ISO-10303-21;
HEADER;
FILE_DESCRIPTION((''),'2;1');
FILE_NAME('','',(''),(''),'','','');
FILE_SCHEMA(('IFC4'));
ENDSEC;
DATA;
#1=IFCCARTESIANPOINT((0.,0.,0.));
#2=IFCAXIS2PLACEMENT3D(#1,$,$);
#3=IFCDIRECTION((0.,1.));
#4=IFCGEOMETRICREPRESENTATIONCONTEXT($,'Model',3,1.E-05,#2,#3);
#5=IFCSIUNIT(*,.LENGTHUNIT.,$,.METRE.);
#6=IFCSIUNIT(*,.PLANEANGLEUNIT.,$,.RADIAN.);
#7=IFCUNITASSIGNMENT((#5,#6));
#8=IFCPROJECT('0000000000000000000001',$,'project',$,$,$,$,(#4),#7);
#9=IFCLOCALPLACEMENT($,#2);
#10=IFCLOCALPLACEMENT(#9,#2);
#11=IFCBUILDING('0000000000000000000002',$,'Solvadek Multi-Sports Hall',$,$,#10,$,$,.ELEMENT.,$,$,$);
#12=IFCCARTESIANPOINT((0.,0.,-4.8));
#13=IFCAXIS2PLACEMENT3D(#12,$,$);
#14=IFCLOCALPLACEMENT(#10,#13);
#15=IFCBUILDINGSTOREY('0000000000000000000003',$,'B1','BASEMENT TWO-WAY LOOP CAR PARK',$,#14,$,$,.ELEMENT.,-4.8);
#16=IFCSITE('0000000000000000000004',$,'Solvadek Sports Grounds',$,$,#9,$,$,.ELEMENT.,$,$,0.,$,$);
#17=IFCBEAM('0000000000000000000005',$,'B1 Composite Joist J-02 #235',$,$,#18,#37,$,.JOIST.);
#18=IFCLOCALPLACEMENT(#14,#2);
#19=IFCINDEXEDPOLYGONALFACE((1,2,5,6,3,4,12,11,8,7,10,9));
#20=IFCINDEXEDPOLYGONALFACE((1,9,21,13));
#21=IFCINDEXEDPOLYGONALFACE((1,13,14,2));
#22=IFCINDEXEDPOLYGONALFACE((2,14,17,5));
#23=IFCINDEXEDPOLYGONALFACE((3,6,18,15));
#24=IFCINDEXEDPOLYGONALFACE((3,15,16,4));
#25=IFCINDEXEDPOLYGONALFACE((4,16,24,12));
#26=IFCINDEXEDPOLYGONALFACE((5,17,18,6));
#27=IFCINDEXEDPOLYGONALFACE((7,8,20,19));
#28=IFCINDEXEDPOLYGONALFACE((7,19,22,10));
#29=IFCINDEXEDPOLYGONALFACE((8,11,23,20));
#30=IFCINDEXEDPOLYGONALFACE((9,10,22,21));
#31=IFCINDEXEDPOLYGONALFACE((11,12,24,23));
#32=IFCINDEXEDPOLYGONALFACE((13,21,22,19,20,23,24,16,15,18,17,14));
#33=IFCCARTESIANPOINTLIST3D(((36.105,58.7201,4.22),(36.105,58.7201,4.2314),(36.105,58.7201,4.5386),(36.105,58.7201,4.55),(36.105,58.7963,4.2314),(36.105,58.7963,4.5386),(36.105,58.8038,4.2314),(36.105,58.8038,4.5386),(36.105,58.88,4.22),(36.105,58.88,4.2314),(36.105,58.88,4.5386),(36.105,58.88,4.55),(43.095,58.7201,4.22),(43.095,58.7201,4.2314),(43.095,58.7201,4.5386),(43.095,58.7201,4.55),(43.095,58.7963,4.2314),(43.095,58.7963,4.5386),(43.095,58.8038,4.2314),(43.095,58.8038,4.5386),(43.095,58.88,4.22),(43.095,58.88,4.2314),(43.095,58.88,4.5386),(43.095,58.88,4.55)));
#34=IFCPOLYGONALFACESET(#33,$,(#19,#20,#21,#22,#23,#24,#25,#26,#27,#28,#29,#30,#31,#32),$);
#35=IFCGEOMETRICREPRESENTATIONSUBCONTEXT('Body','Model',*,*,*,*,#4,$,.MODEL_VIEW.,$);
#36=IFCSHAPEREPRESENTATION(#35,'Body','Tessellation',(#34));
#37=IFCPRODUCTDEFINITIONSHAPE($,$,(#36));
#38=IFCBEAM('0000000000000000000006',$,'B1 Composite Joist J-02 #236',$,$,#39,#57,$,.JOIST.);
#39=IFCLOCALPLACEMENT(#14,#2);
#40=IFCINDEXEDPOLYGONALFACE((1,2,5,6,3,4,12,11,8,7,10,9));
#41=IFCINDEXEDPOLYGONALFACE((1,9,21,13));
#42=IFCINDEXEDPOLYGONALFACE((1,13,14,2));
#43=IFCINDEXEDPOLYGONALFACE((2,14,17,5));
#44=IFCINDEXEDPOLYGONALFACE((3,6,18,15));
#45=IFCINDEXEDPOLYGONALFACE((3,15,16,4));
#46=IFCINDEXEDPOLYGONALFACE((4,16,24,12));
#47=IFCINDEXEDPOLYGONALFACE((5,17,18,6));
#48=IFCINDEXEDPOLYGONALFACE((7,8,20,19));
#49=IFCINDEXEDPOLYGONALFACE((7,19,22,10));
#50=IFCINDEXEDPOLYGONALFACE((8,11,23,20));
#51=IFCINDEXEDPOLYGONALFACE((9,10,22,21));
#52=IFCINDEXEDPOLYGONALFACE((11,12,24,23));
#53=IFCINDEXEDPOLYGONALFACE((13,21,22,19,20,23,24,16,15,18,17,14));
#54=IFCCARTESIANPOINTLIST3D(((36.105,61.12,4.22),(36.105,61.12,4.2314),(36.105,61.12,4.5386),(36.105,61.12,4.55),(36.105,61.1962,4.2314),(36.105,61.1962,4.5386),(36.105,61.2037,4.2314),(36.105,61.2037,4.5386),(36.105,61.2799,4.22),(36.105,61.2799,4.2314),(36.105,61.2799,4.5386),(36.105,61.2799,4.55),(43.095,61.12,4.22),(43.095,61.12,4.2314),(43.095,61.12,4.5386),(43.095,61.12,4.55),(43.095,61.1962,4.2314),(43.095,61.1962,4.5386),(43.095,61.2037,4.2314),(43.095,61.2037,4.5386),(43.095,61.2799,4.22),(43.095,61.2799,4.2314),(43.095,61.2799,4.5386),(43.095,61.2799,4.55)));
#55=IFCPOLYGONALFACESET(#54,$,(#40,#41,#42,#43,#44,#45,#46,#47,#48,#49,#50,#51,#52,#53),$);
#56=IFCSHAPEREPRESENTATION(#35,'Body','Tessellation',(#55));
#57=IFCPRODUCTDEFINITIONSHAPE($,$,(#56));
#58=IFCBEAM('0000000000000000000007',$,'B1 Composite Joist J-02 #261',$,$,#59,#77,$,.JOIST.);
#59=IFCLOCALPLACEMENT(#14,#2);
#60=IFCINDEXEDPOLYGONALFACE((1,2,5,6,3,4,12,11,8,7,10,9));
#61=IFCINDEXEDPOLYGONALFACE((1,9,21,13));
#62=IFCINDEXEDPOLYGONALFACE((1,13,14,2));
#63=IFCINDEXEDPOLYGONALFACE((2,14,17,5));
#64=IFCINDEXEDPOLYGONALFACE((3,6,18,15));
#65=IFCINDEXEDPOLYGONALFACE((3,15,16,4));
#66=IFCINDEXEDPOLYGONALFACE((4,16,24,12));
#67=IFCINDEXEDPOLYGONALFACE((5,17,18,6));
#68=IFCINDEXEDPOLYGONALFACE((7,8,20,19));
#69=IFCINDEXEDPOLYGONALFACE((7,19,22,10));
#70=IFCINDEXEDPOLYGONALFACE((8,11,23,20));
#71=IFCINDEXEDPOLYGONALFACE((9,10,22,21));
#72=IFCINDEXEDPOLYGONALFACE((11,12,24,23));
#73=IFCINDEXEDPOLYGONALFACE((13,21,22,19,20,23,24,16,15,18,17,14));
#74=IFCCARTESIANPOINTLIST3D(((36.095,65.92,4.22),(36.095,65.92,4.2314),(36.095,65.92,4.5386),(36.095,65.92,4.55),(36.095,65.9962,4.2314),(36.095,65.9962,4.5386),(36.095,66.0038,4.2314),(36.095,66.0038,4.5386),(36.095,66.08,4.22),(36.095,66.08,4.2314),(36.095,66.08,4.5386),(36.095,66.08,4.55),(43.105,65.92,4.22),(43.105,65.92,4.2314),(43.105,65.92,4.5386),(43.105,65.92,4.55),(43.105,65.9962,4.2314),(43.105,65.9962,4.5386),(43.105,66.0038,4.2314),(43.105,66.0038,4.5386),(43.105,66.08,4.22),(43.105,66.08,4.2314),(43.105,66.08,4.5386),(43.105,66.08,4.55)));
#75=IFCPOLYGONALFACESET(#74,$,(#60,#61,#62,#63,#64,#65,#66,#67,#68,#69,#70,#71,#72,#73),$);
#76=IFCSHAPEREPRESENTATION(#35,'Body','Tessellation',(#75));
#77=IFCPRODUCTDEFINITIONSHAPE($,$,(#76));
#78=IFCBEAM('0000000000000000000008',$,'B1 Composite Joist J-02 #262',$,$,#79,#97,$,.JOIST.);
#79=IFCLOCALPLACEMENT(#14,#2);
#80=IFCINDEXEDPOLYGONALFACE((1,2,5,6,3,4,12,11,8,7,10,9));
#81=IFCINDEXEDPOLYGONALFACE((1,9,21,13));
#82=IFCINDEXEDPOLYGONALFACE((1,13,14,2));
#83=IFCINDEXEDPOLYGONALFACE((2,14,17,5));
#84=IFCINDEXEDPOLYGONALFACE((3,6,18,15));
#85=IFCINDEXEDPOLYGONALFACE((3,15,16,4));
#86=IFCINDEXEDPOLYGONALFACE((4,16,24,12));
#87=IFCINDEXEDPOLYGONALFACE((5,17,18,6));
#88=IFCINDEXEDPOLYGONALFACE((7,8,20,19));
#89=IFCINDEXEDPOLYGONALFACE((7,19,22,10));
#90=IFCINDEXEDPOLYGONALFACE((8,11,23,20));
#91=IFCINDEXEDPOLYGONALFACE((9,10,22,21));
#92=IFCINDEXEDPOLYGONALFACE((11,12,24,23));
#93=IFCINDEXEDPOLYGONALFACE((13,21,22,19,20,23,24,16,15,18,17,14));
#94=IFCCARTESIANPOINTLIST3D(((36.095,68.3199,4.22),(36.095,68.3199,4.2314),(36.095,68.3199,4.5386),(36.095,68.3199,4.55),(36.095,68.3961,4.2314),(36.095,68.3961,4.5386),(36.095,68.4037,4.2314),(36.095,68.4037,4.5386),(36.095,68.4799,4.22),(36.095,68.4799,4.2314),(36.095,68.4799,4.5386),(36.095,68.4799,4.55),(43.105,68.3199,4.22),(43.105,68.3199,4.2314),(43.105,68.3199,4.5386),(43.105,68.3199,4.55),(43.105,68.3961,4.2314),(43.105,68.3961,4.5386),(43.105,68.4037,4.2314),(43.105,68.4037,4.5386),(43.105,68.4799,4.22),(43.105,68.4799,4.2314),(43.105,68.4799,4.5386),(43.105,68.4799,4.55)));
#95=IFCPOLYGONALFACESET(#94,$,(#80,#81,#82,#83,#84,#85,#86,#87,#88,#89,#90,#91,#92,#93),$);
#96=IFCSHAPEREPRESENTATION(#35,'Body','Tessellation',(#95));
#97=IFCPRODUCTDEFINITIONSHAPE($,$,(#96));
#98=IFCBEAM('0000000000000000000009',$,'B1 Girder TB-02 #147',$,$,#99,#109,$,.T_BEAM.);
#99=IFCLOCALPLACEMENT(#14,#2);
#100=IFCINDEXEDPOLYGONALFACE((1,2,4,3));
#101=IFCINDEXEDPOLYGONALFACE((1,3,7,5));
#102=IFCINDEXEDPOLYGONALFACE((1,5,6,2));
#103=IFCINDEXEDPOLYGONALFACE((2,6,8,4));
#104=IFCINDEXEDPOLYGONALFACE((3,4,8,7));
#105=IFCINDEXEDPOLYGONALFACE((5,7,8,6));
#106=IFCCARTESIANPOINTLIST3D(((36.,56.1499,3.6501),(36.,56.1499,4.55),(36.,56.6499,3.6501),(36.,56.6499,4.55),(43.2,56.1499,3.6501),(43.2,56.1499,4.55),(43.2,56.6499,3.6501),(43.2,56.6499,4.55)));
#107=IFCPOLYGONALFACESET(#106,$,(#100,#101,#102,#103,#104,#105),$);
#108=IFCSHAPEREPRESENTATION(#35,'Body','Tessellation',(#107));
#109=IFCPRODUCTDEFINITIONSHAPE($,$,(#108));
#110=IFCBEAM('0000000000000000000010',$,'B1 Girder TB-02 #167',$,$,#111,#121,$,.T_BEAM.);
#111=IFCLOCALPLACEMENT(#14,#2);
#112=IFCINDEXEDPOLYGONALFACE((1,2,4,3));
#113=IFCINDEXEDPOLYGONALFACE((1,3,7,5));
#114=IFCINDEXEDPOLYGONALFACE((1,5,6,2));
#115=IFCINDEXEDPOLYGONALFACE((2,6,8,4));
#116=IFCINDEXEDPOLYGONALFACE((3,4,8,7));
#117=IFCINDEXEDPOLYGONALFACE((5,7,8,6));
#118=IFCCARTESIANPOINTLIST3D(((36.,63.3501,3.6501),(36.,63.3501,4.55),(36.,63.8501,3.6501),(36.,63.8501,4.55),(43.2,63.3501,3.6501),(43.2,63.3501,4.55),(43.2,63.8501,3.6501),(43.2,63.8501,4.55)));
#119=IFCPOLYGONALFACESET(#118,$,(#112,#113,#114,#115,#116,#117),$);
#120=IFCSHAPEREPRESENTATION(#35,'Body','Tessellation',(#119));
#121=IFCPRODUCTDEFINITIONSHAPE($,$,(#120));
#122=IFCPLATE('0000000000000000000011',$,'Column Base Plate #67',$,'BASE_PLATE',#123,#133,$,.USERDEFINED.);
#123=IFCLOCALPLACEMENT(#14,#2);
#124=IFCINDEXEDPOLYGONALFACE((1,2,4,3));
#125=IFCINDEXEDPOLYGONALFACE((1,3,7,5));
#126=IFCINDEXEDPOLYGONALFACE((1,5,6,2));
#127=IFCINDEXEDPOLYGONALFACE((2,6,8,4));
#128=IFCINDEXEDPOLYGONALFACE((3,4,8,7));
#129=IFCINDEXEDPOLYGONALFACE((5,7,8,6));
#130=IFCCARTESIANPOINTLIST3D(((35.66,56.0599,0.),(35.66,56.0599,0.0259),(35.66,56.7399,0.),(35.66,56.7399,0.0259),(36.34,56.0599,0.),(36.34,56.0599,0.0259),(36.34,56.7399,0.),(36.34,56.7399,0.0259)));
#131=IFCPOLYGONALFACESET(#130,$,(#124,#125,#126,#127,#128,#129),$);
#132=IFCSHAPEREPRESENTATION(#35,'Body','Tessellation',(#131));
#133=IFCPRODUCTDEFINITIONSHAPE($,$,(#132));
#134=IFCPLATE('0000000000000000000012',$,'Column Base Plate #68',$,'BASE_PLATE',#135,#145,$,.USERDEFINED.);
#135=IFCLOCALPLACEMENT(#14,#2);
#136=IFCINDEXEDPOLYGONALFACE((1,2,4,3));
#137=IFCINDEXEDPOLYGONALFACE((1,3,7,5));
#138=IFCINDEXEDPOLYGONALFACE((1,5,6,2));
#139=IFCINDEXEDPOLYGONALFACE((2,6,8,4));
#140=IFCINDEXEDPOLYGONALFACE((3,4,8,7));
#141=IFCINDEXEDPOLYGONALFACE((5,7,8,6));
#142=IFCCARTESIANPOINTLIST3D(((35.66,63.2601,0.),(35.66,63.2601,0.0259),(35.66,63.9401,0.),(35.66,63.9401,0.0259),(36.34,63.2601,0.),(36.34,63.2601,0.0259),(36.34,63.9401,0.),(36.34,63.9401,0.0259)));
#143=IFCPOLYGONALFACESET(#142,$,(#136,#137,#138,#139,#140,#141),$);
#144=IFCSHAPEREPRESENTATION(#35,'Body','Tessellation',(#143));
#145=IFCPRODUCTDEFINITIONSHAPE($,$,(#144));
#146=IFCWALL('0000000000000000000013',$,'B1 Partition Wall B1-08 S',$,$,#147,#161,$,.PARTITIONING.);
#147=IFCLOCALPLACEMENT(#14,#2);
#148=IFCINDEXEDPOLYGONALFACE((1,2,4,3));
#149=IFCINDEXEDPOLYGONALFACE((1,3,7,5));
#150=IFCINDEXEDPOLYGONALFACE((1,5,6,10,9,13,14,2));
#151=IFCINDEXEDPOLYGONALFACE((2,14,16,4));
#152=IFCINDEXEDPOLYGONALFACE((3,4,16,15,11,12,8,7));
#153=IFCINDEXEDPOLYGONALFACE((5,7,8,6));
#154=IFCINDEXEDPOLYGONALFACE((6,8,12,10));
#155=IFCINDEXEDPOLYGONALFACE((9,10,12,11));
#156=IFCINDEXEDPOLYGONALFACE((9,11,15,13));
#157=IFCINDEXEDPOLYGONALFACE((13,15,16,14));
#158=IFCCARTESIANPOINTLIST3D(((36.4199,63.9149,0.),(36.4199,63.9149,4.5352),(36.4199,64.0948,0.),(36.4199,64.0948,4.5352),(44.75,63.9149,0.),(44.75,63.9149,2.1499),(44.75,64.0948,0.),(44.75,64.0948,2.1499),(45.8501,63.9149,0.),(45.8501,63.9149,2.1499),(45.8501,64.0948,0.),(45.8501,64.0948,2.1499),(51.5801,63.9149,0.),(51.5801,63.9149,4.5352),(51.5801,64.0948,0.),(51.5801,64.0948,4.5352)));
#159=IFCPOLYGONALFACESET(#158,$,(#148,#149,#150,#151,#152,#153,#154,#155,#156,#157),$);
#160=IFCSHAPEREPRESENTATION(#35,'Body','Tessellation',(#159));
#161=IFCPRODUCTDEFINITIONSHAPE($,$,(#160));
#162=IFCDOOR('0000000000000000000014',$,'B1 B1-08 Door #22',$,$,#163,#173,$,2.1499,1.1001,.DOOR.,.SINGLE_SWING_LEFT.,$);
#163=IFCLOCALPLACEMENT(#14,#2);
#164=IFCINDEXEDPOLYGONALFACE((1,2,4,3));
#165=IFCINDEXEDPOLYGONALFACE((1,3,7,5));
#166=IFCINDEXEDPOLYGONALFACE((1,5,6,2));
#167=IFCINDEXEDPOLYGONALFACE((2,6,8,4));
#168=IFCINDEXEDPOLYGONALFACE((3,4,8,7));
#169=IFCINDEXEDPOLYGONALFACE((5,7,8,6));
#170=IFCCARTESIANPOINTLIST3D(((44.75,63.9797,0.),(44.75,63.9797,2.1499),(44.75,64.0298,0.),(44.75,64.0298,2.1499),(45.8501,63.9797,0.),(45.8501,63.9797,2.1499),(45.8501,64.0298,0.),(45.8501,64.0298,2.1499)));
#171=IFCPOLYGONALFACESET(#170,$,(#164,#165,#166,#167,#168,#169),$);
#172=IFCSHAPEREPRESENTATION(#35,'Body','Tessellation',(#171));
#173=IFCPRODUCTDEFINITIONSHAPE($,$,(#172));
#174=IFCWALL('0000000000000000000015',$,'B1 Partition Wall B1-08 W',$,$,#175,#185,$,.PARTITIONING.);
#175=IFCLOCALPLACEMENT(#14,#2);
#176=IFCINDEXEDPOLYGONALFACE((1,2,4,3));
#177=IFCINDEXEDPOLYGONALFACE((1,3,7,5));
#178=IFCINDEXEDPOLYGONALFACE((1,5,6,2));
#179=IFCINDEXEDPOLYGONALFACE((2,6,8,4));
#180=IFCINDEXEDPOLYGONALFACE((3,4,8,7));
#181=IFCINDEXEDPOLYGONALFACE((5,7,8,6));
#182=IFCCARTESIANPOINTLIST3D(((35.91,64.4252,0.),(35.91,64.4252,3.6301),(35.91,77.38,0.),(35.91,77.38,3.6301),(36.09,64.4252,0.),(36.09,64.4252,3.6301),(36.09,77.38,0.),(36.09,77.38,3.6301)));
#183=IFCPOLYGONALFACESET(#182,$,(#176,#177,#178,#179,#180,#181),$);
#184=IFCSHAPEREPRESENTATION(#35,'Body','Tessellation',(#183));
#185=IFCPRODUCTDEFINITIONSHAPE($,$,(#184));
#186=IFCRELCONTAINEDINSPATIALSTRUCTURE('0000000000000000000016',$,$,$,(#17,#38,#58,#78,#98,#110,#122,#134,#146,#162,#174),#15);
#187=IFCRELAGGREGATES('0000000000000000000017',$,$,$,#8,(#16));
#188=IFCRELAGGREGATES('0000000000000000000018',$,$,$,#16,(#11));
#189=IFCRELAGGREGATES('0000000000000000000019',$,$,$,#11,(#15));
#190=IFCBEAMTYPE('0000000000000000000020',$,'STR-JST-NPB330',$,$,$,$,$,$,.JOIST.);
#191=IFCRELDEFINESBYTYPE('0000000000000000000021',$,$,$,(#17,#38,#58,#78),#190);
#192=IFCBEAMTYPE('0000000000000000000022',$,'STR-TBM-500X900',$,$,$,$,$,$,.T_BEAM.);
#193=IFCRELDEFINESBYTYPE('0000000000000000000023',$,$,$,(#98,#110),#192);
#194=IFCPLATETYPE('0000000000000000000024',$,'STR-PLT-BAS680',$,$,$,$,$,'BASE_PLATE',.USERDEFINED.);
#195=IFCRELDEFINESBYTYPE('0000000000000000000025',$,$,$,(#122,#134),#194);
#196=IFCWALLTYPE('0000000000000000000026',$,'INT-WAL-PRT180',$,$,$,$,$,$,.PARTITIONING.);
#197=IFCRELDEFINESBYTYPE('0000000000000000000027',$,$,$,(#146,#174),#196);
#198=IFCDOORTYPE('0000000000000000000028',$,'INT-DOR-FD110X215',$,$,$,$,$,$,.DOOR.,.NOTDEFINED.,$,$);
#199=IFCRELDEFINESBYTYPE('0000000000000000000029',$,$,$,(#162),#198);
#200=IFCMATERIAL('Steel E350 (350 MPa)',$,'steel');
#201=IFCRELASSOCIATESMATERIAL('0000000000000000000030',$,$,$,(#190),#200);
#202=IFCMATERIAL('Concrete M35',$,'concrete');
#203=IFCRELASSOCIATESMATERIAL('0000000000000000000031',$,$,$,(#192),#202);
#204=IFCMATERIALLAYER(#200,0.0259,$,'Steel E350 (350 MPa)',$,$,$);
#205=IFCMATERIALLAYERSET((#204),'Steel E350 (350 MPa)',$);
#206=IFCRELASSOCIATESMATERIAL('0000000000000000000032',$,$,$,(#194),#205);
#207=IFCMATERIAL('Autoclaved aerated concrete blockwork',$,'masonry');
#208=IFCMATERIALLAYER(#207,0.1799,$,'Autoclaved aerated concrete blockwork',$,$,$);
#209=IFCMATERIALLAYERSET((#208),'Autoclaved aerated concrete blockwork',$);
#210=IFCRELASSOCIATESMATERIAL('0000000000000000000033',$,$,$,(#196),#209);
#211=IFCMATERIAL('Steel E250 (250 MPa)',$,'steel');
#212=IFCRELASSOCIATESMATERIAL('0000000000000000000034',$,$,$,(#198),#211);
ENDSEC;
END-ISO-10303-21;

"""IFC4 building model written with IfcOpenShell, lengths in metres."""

from ifc_helpers import new_model, si_unit, direction, frame, frame_2d, origin, origin_2d, place, context, subcontext, project, spatial, rectangle, i_section, extrude, material, layer, layer_set, material_profile, profile_set, type_object, element, fill, save


model = new_model("IFC4")

# Units and contexts
model_context = context("Model", 3, precision=1e-05, world=origin(), true_north=direction((0.0, 1.0)))
body_context = subcontext(model_context, "Body", "Model", "MODEL_VIEW")
ifc_project = project(units=[si_unit("LENGTHUNIT", "METRE"), si_unit("PLANEANGLEUNIT", "RADIAN")], contexts=[model_context])

# Site, building, storey
site_placement = place(None, origin())
site = spatial("IfcSite", under=ifc_project, at=site_placement, Name="Solvadek Sports Grounds", CompositionType="ELEMENT", RefElevation=0.0)
building_placement = place(site_placement, origin())
building = spatial("IfcBuilding", under=site, at=building_placement, Name="Solvadek Multi-Sports Hall", CompositionType="ELEMENT")
storey_placement = place(building_placement, frame((0.0, 0.0, -4.8)))
storey = spatial("IfcBuildingStorey", under=building, at=storey_placement, Name="B1", Description="BASEMENT TWO-WAY LOOP CAR PARK", CompositionType="ELEMENT", Elevation=-4.8)

# Shared definitions
ifc_material_1 = material(Name="Concrete M35", Category="concrete")

# Shared definitions
ifc_material_2 = material(Name="Steel E350 (350 MPa)", Category="steel")

# Beams
ifc_material_profile_1 = material_profile(ifc_material_2, i_section(OverallWidth=0.1599, OverallDepth=0.3301, WebThickness=0.0076, FlangeThickness=0.0115, at=origin_2d()), Name="NPB 330")
ifc_profile_set_1 = profile_set([ifc_material_profile_1], Name="Steel E350 (350 MPa)")
beam_type_1 = type_object("IfcBeamType", Name="STR-JST-NPB330", PredefinedType="JOIST", material=ifc_profile_set_1)
for number, where, z_axis, x_axis, name in (
    (1, (36.105, 58.8, 4.385), (1.0, 0.0, 0.0), (0.0, 1.0, 0.0), "B1 Composite Joist J-02 #235"),
    (2, (36.105, 61.2, 4.385), (1.0, 0.0, 0.0), (0.0, 1.0, 0.0), "B1 Composite Joist J-02 #236"),
):
    element("IfcBeam", number, at=place(storey_placement, frame(where, z_axis=z_axis, x_axis=x_axis)), inside=storey, type_object=beam_type_1, Name=name, PredefinedType="JOIST", context=body_context, shape_type="SweptSolid", body=[
        extrude(i_section(OverallWidth=0.1599, OverallDepth=0.3301, WebThickness=0.0076, FlangeThickness=0.0115, at=origin_2d()), origin(), (0.0, 0.0, 1.0), 6.99),
    ])
for number, where, z_axis, x_axis, name in (
    (3, (36.095, 66.0, 4.385), (1.0, 0.0, 0.0), (0.0, 1.0, 0.0), "B1 Composite Joist J-02 #261"),
    (4, (36.095, 68.3999, 4.385), (1.0, 0.0, 0.0), (0.0, 1.0, 0.0), "B1 Composite Joist J-02 #262"),
):
    element("IfcBeam", number, at=place(storey_placement, frame(where, z_axis=z_axis, x_axis=x_axis)), inside=storey, type_object=beam_type_1, Name=name, PredefinedType="JOIST", context=body_context, shape_type="SweptSolid", body=[
        extrude(i_section(OverallWidth=0.1599, OverallDepth=0.3301, WebThickness=0.0076, FlangeThickness=0.0115, at=origin_2d()), origin(), (0.0, 0.0, 1.0), 7.01),
    ])
ifc_material_profile_2 = material_profile(ifc_material_1, rectangle(XDim=0.5, YDim=0.8999, at=origin_2d()), Name="RC T-BEAM 500x900")
ifc_profile_set_2 = profile_set([ifc_material_profile_2], Name="Concrete M35")
beam_type_2 = type_object("IfcBeamType", Name="STR-TBM-500X900", PredefinedType="T_BEAM", material=ifc_profile_set_2)
for number, where, z_axis, x_axis, name in (
    (5, (36.0, 56.3999, 4.1001), (1.0, 0.0, 0.0), (0.0, 1.0, 0.0), "B1 Girder TB-02 #147"),
    (6, (36.0, 63.6001, 4.1001), (1.0, 0.0, 0.0), (0.0, 1.0, 0.0), "B1 Girder TB-02 #167"),
):
    element("IfcBeam", number, at=place(storey_placement, frame(where, z_axis=z_axis, x_axis=x_axis)), inside=storey, type_object=beam_type_2, Name=name, PredefinedType="T_BEAM", context=body_context, shape_type="SweptSolid", body=[
        extrude(rectangle(XDim=0.5, YDim=0.8999, at=origin_2d()), origin(), (0.0, 0.0, 1.0), 7.2),
    ])

# Plates
ifc_layer_1 = layer(ifc_material_2, 0.0259, Name="Steel E350 (350 MPa)")
ifc_layer_set_1 = layer_set([ifc_layer_1], Name="Steel E350 (350 MPa)")
plate_type = type_object("IfcPlateType", Name="STR-PLT-BAS680", ElementType="BASE_PLATE", PredefinedType="USERDEFINED", material=ifc_layer_set_1)
for number, where, z_axis, x_axis, name in (
    (7, (36.0, 56.3999, 0.0), (0.0, 0.0, 1.0), (1.0, 0.0, 0.0), "Column Base Plate #67"),
    (8, (36.0, 63.6001, 0.0), (0.0, 0.0, 1.0), (1.0, 0.0, 0.0), "Column Base Plate #68"),
):
    element("IfcPlate", number, at=place(storey_placement, frame(where, z_axis=z_axis, x_axis=x_axis)), inside=storey, type_object=plate_type, Name=name, ObjectType="BASE_PLATE", PredefinedType="USERDEFINED", context=body_context, shape_type="SweptSolid", body=[
        extrude(rectangle(XDim=0.6799, YDim=0.6799, at=origin_2d()), origin(), (0.0, 0.0, 1.0), 0.0259),
    ])

# Wall, opening, door
ifc_material_3 = material(Name="Autoclaved aerated concrete blockwork", Category="masonry")
ifc_layer_2 = layer(ifc_material_3, 0.1799, Name="Autoclaved aerated concrete blockwork")
ifc_layer_set_2 = layer_set([ifc_layer_2], Name="Autoclaved aerated concrete blockwork")
wall_type = type_object("IfcWallType", Name="INT-WAL-PRT180", PredefinedType="PARTITIONING", material=ifc_layer_set_2)
wall_1_placement = place(storey_placement, frame((36.4199, 64.0049, 0.0), z_axis=(0.0, 0.0, 1.0), x_axis=(1.0, 0.0, 0.0)))
wall_1 = element("IfcWall", 9, at=wall_1_placement, inside=storey, type_object=wall_type, Name="B1 Partition Wall B1-08 S", PredefinedType="PARTITIONING", context=body_context, shape_type="SweptSolid", body=[
    extrude(rectangle(XDim=15.1602, YDim=0.1799, at=frame_2d((7.5801, 0.0))), origin(), (0.0, 0.0, 1.0), 4.5352),
])
opening_placement = place(wall_1_placement, frame((8.3301, 0.0, 0.0)))
opening = element("IfcOpeningElement", 10, at=opening_placement, cuts=wall_1, PredefinedType="OPENING", context=body_context, shape_type="SweptSolid", body=[
    extrude(rectangle(XDim=1.1001, YDim=2.1499, at=frame_2d((0.55, 1.075))), frame((0.0, 0.0999, 0.0), z_axis=(0.0, -1.0, 0.0), x_axis=(1.0, 0.0, 0.0)), (0.0, 0.0, 1.0), 0.2),
])
ifc_material_4 = material(Name="Steel E250 (250 MPa)", Category="steel")
door_type = type_object("IfcDoorType", Name="INT-DOR-FD110X215", OperationType="NOTDEFINED", PredefinedType="DOOR", material=ifc_material_4)
door_placement = place(opening_placement, origin())
door = element("IfcDoor", 11, at=door_placement, inside=storey, type_object=door_type, Name="B1 B1-08 Door #22", OperationType="SINGLE_SWING_LEFT", OverallHeight=2.1499, OverallWidth=1.1001, PredefinedType="DOOR", context=body_context, shape_type="SweptSolid", body=[
    extrude(rectangle(XDim=1.1001, YDim=2.1499, at=frame_2d((0.55, 1.075))), frame((0.0, 0.0249, 0.0), z_axis=(0.0, -1.0, 0.0), x_axis=(1.0, 0.0, 0.0)), (0.0, 0.0, 1.0), 0.05),
])
fill(opening, door)

# Wall
wall_2_placement = place(storey_placement, frame((36.0, 64.425, 0.0), z_axis=(0.0, 0.0, 1.0), x_axis=(0.0, 1.0, 0.0)))
element("IfcWall", 12, at=wall_2_placement, inside=storey, type_object=wall_type, Name="B1 Partition Wall B1-08 W", PredefinedType="PARTITIONING", context=body_context, shape_type="SweptSolid", body=[
    extrude(rectangle(XDim=12.9548, YDim=0.1799, at=frame_2d((6.4775, 0.0))), origin(), (0.0, 0.0, 1.0), 3.6301),
])

save(model, "model.ifc")
